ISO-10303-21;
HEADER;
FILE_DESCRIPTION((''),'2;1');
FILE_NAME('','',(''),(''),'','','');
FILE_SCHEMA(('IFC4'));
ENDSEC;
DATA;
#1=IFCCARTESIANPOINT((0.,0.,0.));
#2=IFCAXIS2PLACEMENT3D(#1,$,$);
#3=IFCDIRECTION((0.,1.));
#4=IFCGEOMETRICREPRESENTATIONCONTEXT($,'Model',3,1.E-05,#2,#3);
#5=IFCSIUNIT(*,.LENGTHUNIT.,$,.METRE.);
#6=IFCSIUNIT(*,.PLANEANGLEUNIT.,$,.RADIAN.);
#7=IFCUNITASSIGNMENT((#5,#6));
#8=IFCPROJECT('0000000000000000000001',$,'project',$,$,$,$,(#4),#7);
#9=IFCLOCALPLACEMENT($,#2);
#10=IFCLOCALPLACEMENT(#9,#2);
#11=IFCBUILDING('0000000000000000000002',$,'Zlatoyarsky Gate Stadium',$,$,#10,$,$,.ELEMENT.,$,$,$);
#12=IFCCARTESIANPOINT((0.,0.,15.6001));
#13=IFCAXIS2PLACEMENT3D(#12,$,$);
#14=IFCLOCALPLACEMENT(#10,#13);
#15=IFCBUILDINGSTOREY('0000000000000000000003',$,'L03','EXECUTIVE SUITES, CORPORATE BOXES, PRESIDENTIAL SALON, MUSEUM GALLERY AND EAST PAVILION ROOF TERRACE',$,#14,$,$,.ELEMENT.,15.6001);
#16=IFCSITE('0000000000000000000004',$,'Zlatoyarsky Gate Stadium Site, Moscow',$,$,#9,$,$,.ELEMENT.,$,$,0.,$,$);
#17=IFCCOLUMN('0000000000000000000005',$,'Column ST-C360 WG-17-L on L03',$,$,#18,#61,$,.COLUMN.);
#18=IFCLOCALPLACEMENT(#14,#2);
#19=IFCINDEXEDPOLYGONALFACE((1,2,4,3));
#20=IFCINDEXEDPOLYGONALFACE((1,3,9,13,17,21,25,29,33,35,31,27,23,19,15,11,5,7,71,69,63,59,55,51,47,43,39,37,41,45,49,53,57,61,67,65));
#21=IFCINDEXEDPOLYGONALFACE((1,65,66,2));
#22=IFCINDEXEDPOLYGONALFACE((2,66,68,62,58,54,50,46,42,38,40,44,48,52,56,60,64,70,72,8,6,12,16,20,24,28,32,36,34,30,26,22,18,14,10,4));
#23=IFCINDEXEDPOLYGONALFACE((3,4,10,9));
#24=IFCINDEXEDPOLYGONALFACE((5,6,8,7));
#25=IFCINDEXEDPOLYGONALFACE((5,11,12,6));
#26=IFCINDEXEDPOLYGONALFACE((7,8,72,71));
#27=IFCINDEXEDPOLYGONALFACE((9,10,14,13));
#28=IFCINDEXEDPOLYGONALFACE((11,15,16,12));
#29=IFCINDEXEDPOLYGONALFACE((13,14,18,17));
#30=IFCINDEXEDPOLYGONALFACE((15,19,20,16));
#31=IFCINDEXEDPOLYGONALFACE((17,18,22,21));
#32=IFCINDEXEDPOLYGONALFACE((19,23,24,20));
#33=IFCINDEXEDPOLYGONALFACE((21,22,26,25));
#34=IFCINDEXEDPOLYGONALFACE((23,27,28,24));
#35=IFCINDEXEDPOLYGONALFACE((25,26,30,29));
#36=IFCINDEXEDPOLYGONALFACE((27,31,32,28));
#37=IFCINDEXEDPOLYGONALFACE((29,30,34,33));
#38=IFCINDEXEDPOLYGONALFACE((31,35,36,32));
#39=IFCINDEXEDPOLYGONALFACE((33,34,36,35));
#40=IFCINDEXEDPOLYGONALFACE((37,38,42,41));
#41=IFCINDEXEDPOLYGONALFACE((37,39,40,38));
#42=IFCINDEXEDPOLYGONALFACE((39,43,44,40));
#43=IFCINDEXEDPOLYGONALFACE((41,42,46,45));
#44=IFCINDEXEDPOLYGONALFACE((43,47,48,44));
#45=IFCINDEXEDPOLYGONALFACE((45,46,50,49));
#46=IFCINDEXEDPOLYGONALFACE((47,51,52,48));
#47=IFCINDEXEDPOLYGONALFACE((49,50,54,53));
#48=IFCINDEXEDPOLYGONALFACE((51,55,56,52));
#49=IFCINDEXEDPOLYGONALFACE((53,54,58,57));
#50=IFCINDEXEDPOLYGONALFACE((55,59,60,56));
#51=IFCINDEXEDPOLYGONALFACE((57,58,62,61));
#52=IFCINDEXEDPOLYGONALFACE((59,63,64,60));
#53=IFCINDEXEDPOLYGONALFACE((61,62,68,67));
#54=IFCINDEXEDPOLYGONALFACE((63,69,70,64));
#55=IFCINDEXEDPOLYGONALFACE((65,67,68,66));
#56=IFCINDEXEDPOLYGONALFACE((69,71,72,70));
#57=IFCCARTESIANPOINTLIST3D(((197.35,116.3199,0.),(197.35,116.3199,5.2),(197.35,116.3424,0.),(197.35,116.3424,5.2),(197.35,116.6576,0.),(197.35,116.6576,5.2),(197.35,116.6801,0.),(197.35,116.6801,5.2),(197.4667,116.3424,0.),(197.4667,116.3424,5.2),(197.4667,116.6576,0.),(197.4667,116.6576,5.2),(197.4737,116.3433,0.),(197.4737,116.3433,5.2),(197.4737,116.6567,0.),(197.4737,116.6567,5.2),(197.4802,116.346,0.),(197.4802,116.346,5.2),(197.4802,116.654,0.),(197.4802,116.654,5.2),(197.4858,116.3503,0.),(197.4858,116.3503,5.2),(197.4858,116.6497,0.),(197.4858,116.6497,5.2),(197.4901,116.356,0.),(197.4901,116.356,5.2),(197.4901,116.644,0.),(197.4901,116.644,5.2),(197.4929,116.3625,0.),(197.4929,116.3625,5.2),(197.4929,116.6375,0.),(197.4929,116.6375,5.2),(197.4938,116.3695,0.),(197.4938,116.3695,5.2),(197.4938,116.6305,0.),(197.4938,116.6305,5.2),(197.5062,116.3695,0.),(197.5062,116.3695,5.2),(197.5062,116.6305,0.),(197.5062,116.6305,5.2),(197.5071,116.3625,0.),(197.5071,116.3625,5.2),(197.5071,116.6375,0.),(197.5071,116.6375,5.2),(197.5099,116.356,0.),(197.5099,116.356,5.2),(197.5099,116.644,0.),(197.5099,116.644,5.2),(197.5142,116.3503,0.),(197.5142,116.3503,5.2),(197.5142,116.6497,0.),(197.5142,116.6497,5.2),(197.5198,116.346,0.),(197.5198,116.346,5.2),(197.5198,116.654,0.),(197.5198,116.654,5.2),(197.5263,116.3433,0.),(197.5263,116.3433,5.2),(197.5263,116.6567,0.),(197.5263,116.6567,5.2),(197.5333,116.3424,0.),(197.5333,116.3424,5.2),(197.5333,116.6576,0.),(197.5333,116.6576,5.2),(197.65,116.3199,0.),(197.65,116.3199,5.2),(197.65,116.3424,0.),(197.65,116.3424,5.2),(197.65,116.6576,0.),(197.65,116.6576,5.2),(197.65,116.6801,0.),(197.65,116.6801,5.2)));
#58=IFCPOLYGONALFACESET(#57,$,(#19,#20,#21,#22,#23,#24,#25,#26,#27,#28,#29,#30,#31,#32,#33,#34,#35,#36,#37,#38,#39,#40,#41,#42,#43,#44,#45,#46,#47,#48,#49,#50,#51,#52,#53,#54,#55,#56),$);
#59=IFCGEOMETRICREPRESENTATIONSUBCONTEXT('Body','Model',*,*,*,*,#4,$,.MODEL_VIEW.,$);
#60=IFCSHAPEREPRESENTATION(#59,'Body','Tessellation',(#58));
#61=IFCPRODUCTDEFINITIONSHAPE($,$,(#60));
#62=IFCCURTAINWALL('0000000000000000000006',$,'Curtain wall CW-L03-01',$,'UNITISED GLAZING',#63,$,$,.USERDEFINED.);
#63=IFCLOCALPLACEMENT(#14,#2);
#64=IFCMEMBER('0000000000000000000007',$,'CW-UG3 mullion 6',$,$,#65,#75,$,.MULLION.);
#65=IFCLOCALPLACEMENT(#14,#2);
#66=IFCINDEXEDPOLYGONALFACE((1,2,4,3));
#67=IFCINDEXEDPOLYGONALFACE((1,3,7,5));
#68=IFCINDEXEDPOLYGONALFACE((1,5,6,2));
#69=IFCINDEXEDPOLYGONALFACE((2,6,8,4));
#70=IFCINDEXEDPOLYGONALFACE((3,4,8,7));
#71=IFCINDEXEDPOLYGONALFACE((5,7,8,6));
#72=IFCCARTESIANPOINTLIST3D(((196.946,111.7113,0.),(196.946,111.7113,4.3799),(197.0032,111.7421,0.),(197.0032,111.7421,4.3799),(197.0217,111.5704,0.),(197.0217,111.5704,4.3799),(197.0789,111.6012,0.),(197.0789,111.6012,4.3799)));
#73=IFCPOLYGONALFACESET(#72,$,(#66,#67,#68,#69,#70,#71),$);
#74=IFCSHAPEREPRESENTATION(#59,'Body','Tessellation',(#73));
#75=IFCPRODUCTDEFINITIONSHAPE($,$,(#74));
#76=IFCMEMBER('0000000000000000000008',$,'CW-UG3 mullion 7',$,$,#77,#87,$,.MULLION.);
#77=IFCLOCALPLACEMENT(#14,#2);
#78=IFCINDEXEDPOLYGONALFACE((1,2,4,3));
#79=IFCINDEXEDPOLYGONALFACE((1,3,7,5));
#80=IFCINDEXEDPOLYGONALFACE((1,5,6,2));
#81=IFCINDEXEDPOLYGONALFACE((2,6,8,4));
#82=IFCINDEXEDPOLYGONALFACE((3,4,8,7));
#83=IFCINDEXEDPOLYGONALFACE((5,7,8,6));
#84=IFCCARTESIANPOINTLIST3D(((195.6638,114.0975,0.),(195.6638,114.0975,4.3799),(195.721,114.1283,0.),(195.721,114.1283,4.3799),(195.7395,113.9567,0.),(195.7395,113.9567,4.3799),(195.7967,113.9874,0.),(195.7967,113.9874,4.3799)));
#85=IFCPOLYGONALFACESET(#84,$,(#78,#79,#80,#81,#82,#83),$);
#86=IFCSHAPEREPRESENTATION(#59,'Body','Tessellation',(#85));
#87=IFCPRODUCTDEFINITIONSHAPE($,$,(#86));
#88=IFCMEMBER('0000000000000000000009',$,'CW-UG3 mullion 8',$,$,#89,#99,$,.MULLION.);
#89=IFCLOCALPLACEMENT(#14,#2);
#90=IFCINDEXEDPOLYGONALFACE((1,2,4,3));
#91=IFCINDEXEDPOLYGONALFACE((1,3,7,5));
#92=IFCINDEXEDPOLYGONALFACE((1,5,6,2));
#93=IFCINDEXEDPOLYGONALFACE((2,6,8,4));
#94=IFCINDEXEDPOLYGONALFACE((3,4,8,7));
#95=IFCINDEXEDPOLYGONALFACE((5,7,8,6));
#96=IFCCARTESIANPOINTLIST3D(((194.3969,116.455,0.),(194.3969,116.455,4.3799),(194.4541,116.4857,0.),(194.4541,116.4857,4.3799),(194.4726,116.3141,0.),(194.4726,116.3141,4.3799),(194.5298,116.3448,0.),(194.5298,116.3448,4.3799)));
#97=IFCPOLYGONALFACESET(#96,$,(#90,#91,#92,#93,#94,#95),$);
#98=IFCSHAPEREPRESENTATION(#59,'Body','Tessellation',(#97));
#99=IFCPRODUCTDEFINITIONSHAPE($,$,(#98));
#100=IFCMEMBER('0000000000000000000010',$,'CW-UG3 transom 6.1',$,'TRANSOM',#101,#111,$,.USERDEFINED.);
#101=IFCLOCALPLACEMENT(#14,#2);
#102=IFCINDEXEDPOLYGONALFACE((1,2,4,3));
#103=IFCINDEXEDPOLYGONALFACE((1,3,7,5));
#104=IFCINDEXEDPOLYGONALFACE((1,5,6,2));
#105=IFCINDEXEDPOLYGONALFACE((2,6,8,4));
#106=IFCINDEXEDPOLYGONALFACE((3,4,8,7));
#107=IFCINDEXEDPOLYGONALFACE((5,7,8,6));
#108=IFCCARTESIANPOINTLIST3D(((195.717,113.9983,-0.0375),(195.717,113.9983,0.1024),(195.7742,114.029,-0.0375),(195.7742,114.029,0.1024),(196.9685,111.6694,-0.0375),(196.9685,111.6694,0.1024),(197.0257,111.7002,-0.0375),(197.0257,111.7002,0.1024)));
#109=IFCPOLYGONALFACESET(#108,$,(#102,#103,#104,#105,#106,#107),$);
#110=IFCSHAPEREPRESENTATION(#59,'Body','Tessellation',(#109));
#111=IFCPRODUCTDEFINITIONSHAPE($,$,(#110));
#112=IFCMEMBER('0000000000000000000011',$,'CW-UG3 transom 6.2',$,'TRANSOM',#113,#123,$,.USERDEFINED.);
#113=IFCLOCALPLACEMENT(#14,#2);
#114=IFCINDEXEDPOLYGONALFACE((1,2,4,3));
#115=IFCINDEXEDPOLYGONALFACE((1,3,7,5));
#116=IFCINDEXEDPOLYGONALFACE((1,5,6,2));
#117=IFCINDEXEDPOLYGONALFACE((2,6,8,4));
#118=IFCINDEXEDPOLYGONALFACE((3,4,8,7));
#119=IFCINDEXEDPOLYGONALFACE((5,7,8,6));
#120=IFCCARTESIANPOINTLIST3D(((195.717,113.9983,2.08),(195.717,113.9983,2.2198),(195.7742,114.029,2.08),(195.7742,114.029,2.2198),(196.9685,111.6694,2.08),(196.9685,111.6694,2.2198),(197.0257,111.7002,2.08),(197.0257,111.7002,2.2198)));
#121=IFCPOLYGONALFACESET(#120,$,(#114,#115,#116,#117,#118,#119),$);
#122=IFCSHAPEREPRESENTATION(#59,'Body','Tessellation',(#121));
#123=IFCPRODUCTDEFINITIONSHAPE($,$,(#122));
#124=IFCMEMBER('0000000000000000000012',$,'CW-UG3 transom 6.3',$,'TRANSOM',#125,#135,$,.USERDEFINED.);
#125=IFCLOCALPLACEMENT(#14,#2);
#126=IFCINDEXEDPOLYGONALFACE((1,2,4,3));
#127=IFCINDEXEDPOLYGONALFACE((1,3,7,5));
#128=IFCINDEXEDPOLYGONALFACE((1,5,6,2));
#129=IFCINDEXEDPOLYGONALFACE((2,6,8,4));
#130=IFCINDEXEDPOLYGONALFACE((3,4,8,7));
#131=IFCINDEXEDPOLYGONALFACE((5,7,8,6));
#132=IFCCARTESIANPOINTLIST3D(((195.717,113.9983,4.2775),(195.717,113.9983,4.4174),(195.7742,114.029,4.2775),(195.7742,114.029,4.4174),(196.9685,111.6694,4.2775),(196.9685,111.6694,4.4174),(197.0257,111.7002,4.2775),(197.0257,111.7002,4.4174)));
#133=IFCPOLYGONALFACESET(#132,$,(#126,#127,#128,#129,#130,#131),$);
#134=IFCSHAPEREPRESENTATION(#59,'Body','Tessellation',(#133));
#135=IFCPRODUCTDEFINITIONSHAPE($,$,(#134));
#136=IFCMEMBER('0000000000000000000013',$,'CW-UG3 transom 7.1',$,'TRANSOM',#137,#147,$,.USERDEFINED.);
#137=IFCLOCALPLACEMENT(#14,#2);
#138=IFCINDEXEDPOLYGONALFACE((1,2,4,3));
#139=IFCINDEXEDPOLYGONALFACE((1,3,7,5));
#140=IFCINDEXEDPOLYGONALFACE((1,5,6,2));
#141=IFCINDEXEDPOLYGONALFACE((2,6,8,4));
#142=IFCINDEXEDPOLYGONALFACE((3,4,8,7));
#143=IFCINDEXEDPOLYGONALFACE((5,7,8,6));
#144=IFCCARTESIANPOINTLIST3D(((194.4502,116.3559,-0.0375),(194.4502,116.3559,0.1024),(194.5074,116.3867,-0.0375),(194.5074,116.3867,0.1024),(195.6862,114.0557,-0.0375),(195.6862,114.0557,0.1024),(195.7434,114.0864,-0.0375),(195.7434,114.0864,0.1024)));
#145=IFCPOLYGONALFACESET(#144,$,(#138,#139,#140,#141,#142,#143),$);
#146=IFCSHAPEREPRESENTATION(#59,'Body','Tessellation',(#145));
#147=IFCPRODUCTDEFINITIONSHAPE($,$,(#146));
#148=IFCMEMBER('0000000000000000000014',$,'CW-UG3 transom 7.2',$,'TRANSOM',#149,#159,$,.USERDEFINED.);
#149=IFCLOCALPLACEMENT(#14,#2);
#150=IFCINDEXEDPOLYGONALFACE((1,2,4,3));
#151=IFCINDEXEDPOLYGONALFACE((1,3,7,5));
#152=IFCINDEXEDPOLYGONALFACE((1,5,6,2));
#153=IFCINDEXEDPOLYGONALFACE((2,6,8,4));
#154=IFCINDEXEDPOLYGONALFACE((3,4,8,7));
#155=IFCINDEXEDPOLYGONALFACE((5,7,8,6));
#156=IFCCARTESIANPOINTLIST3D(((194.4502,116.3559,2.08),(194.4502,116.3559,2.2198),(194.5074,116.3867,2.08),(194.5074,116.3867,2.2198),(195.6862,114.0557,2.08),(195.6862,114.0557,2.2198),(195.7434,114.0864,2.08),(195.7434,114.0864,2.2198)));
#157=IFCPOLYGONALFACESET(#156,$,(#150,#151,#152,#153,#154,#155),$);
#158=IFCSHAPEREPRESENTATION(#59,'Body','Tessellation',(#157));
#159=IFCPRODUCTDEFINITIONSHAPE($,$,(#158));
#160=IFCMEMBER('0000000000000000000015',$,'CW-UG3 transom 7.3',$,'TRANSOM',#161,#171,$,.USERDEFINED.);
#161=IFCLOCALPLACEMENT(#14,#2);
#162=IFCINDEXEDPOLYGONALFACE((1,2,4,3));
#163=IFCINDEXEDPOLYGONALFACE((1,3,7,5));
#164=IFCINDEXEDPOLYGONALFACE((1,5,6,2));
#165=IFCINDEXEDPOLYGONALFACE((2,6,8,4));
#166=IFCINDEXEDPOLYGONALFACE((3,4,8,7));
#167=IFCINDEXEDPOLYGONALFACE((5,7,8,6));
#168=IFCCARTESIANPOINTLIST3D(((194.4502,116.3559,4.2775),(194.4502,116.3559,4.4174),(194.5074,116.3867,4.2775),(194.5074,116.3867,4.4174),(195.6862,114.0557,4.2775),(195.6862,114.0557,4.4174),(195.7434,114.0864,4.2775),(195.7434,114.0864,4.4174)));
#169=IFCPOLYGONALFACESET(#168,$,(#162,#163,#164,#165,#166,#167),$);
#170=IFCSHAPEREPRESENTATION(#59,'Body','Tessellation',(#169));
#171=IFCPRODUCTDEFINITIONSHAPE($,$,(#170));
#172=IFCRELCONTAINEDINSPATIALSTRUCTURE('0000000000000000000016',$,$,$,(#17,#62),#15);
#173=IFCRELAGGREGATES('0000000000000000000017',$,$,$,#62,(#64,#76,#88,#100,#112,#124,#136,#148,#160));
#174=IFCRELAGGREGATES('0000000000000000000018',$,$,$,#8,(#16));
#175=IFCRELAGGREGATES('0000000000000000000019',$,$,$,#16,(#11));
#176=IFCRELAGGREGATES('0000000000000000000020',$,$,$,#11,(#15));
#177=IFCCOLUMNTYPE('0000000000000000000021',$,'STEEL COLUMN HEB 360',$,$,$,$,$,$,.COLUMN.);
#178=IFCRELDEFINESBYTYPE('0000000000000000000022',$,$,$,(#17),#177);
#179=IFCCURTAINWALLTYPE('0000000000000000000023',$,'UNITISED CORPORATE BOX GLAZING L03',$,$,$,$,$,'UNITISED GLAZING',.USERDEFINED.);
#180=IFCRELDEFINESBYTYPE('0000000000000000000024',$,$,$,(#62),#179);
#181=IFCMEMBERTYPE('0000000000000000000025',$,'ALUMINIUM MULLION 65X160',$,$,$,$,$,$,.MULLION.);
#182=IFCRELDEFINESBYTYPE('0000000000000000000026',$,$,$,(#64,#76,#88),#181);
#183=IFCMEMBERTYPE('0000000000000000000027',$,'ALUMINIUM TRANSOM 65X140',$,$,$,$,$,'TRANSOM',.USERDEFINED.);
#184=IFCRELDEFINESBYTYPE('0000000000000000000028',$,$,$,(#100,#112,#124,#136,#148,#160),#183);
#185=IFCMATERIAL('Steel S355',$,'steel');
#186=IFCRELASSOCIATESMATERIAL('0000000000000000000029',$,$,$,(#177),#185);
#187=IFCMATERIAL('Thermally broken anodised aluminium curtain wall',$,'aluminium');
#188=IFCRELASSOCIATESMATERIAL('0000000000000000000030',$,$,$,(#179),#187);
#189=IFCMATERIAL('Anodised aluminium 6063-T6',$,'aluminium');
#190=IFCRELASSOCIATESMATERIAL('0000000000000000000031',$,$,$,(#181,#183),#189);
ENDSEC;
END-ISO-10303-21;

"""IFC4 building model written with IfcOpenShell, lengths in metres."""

from ifc_helpers import new_model, si_unit, direction, frame, origin, origin_2d, place, context, subcontext, project, spatial, rectangle, i_section, extrude, material, material_profile, profile_set, type_object, element, aggregate, save


model = new_model("IFC4")

# Units and contexts
model_context = context("Model", 3, precision=1e-05, world=origin(), true_north=direction((0.0, 1.0)))
body_context = subcontext(model_context, "Body", "Model", "MODEL_VIEW")
ifc_project = project(units=[si_unit("LENGTHUNIT", "METRE"), si_unit("PLANEANGLEUNIT", "RADIAN")], contexts=[model_context])

# Site, building, storey
site_placement = place(None, origin())
site = spatial("IfcSite", under=ifc_project, at=site_placement, Name="Zlatoyarsky Gate Stadium Site, Moscow", CompositionType="ELEMENT", RefElevation=0.0)
building_placement = place(site_placement, origin())
building = spatial("IfcBuilding", under=site, at=building_placement, Name="Zlatoyarsky Gate Stadium", CompositionType="ELEMENT")
storey_placement = place(building_placement, frame((0.0, 0.0, 15.6001)))
storey = spatial("IfcBuildingStorey", under=building, at=storey_placement, Name="L03", Description="EXECUTIVE SUITES, CORPORATE BOXES, PRESIDENTIAL SALON, MUSEUM GALLERY AND EAST PAVILION ROOF TERRACE", CompositionType="ELEMENT", Elevation=15.6001)

# Column
ifc_material_1 = material(Name="Steel S355", Category="steel")
ifc_material_profile_1 = material_profile(ifc_material_1, i_section(OverallWidth=0.3, OverallDepth=0.3601, WebThickness=0.0125, FlangeThickness=0.0225, FilletRadius=0.0271, at=origin_2d()), Name="HEB 360")
ifc_profile_set_1 = profile_set([ifc_material_profile_1], Name="Steel S355")
column_type = type_object("IfcColumnType", Name="STEEL COLUMN HEB 360", PredefinedType="COLUMN", material=ifc_profile_set_1)
column_placement = place(storey_placement, frame((197.5, 116.5, 0.0), z_axis=(0.0, 0.0, 1.0), x_axis=(1.0, 0.0, 0.0)))
element("IfcColumn", 1, at=column_placement, inside=storey, type_object=column_type, Name="Column ST-C360 WG-17-L on L03", PredefinedType="COLUMN", context=body_context, shape_type="SweptSolid", body=[
    extrude(i_section(OverallWidth=0.3, OverallDepth=0.3601, WebThickness=0.0125, FlangeThickness=0.0225, FilletRadius=0.0271, at=origin_2d()), origin(), (0.0, 0.0, 1.0), 5.2),
])

# Curtain wall, members
ifc_material_2 = material(Name="Thermally broken anodised aluminium curtain wall", Category="aluminium")
curtain_wall_type = type_object("IfcCurtainWallType", Name="UNITISED CORPORATE BOX GLAZING L03", ElementType="UNITISED GLAZING", PredefinedType="USERDEFINED", material=ifc_material_2)
curtain_wall_placement = place(storey_placement, origin())
curtain_wall = element("IfcCurtainWall", 2, at=curtain_wall_placement, inside=storey, type_object=curtain_wall_type, Name="Curtain wall CW-L03-01", ObjectType="UNITISED GLAZING", PredefinedType="USERDEFINED")
ifc_material_3 = material(Name="Anodised aluminium 6063-T6", Category="aluminium")
ifc_material_profile_2 = material_profile(ifc_material_3, rectangle(XDim=0.0649, YDim=0.1599, at=origin_2d()), Name="ALU 65X160")
ifc_profile_set_2 = profile_set([ifc_material_profile_2], Name="Anodised aluminium 6063-T6")
member_type_1 = type_object("IfcMemberType", Name="ALUMINIUM MULLION 65X160", PredefinedType="MULLION", material=ifc_profile_set_2)
member_1_placement = place(storey_placement, frame((197.0125, 111.6562, 0.0), z_axis=(0.0, 0.0, 1.0), x_axis=(-0.880877, -0.473345, 0.0)))
member_1 = element("IfcMember", 3, at=member_1_placement, type_object=member_type_1, Name="CW-UG3 mullion 6", PredefinedType="MULLION", context=body_context, shape_type="SweptSolid", body=[
    extrude(rectangle(XDim=0.0649, YDim=0.1599, at=origin_2d()), origin(), (0.0, 0.0, 1.0), 4.3799),
])
member_2_placement = place(storey_placement, frame((195.7302, 114.0425, 0.0), z_axis=(0.0, 0.0, 1.0), x_axis=(-0.880877, -0.473345, 0.0)))
member_2 = element("IfcMember", 4, at=member_2_placement, type_object=member_type_1, Name="CW-UG3 mullion 7", PredefinedType="MULLION", context=body_context, shape_type="SweptSolid", body=[
    extrude(rectangle(XDim=0.0649, YDim=0.1599, at=origin_2d()), origin(), (0.0, 0.0, 1.0), 4.3799),
])
member_3_placement = place(storey_placement, frame((194.4634, 116.3999, 0.0), z_axis=(0.0, 0.0, 1.0), x_axis=(-0.880877, -0.473345, 0.0)))
member_3 = element("IfcMember", 5, at=member_3_placement, type_object=member_type_1, Name="CW-UG3 mullion 8", PredefinedType="MULLION", context=body_context, shape_type="SweptSolid", body=[
    extrude(rectangle(XDim=0.0649, YDim=0.1599, at=origin_2d()), origin(), (0.0, 0.0, 1.0), 4.3799),
])
ifc_material_profile_3 = material_profile(ifc_material_3, rectangle(XDim=0.0649, YDim=0.1399, at=origin_2d()), Name="ALU 65X140")
ifc_profile_set_3 = profile_set([ifc_material_profile_3], Name="Anodised aluminium 6063-T6")
member_type_2 = type_object("IfcMemberType", Name="ALUMINIUM TRANSOM 65X140", ElementType="TRANSOM", PredefinedType="USERDEFINED", material=ifc_profile_set_3)
member_4_placement = place(storey_placement, frame((196.9971, 111.6848, 0.0325), z_axis=(-0.473356, 0.880871, 0.0), x_axis=(-0.880871, -0.473356, 0.0)))
member_4 = element("IfcMember", 6, at=member_4_placement, type_object=member_type_2, Name="CW-UG3 transom 6.1", ObjectType="TRANSOM", PredefinedType="USERDEFINED", context=body_context, shape_type="SweptSolid", body=[
    extrude(rectangle(XDim=0.0649, YDim=0.1399, at=origin_2d()), origin(), (0.0, 0.0, 1.0), 2.6438),
])
member_5_placement = place(storey_placement, frame((196.9971, 111.6848, 2.1499), z_axis=(-0.473356, 0.880871, 0.0), x_axis=(-0.880871, -0.473356, 0.0)))
member_5 = element("IfcMember", 7, at=member_5_placement, type_object=member_type_2, Name="CW-UG3 transom 6.2", ObjectType="TRANSOM", PredefinedType="USERDEFINED", context=body_context, shape_type="SweptSolid", body=[
    extrude(rectangle(XDim=0.0649, YDim=0.1399, at=origin_2d()), origin(), (0.0, 0.0, 1.0), 2.6438),
])
member_6_placement = place(storey_placement, frame((196.9971, 111.6848, 4.3474), z_axis=(-0.473356, 0.880871, 0.0), x_axis=(-0.880871, -0.473356, 0.0)))
member_6 = element("IfcMember", 8, at=member_6_placement, type_object=member_type_2, Name="CW-UG3 transom 6.3", ObjectType="TRANSOM", PredefinedType="USERDEFINED", context=body_context, shape_type="SweptSolid", body=[
    extrude(rectangle(XDim=0.0649, YDim=0.1399, at=origin_2d()), origin(), (0.0, 0.0, 1.0), 2.6438),
])
member_7_placement = place(storey_placement, frame((195.7148, 114.071, 0.0325), z_axis=(-0.473347, 0.880876, 0.0), x_axis=(-0.880876, -0.473347, 0.0)))
member_7 = element("IfcMember", 9, at=member_7_placement, type_object=member_type_2, Name="CW-UG3 transom 7.1", ObjectType="TRANSOM", PredefinedType="USERDEFINED", context=body_context, shape_type="SweptSolid", body=[
    extrude(rectangle(XDim=0.0649, YDim=0.1399, at=origin_2d()), origin(), (0.0, 0.0, 1.0), 2.6113),
])
member_8_placement = place(storey_placement, frame((195.7148, 114.071, 2.1499), z_axis=(-0.473347, 0.880876, 0.0), x_axis=(-0.880876, -0.473347, 0.0)))
member_8 = element("IfcMember", 10, at=member_8_placement, type_object=member_type_2, Name="CW-UG3 transom 7.2", ObjectType="TRANSOM", PredefinedType="USERDEFINED", context=body_context, shape_type="SweptSolid", body=[
    extrude(rectangle(XDim=0.0649, YDim=0.1399, at=origin_2d()), origin(), (0.0, 0.0, 1.0), 2.6113),
])
member_9_placement = place(storey_placement, frame((195.7148, 114.071, 4.3474), z_axis=(-0.473347, 0.880876, 0.0), x_axis=(-0.880876, -0.473347, 0.0)))
member_9 = element("IfcMember", 11, at=member_9_placement, type_object=member_type_2, Name="CW-UG3 transom 7.3", ObjectType="TRANSOM", PredefinedType="USERDEFINED", context=body_context, shape_type="SweptSolid", body=[
    extrude(rectangle(XDim=0.0649, YDim=0.1399, at=origin_2d()), origin(), (0.0, 0.0, 1.0), 2.6113),
])

aggregate(curtain_wall, [member_1, member_2, member_3, member_4, member_5, member_6, member_7, member_8, member_9])

save(model, "model.ifc")
